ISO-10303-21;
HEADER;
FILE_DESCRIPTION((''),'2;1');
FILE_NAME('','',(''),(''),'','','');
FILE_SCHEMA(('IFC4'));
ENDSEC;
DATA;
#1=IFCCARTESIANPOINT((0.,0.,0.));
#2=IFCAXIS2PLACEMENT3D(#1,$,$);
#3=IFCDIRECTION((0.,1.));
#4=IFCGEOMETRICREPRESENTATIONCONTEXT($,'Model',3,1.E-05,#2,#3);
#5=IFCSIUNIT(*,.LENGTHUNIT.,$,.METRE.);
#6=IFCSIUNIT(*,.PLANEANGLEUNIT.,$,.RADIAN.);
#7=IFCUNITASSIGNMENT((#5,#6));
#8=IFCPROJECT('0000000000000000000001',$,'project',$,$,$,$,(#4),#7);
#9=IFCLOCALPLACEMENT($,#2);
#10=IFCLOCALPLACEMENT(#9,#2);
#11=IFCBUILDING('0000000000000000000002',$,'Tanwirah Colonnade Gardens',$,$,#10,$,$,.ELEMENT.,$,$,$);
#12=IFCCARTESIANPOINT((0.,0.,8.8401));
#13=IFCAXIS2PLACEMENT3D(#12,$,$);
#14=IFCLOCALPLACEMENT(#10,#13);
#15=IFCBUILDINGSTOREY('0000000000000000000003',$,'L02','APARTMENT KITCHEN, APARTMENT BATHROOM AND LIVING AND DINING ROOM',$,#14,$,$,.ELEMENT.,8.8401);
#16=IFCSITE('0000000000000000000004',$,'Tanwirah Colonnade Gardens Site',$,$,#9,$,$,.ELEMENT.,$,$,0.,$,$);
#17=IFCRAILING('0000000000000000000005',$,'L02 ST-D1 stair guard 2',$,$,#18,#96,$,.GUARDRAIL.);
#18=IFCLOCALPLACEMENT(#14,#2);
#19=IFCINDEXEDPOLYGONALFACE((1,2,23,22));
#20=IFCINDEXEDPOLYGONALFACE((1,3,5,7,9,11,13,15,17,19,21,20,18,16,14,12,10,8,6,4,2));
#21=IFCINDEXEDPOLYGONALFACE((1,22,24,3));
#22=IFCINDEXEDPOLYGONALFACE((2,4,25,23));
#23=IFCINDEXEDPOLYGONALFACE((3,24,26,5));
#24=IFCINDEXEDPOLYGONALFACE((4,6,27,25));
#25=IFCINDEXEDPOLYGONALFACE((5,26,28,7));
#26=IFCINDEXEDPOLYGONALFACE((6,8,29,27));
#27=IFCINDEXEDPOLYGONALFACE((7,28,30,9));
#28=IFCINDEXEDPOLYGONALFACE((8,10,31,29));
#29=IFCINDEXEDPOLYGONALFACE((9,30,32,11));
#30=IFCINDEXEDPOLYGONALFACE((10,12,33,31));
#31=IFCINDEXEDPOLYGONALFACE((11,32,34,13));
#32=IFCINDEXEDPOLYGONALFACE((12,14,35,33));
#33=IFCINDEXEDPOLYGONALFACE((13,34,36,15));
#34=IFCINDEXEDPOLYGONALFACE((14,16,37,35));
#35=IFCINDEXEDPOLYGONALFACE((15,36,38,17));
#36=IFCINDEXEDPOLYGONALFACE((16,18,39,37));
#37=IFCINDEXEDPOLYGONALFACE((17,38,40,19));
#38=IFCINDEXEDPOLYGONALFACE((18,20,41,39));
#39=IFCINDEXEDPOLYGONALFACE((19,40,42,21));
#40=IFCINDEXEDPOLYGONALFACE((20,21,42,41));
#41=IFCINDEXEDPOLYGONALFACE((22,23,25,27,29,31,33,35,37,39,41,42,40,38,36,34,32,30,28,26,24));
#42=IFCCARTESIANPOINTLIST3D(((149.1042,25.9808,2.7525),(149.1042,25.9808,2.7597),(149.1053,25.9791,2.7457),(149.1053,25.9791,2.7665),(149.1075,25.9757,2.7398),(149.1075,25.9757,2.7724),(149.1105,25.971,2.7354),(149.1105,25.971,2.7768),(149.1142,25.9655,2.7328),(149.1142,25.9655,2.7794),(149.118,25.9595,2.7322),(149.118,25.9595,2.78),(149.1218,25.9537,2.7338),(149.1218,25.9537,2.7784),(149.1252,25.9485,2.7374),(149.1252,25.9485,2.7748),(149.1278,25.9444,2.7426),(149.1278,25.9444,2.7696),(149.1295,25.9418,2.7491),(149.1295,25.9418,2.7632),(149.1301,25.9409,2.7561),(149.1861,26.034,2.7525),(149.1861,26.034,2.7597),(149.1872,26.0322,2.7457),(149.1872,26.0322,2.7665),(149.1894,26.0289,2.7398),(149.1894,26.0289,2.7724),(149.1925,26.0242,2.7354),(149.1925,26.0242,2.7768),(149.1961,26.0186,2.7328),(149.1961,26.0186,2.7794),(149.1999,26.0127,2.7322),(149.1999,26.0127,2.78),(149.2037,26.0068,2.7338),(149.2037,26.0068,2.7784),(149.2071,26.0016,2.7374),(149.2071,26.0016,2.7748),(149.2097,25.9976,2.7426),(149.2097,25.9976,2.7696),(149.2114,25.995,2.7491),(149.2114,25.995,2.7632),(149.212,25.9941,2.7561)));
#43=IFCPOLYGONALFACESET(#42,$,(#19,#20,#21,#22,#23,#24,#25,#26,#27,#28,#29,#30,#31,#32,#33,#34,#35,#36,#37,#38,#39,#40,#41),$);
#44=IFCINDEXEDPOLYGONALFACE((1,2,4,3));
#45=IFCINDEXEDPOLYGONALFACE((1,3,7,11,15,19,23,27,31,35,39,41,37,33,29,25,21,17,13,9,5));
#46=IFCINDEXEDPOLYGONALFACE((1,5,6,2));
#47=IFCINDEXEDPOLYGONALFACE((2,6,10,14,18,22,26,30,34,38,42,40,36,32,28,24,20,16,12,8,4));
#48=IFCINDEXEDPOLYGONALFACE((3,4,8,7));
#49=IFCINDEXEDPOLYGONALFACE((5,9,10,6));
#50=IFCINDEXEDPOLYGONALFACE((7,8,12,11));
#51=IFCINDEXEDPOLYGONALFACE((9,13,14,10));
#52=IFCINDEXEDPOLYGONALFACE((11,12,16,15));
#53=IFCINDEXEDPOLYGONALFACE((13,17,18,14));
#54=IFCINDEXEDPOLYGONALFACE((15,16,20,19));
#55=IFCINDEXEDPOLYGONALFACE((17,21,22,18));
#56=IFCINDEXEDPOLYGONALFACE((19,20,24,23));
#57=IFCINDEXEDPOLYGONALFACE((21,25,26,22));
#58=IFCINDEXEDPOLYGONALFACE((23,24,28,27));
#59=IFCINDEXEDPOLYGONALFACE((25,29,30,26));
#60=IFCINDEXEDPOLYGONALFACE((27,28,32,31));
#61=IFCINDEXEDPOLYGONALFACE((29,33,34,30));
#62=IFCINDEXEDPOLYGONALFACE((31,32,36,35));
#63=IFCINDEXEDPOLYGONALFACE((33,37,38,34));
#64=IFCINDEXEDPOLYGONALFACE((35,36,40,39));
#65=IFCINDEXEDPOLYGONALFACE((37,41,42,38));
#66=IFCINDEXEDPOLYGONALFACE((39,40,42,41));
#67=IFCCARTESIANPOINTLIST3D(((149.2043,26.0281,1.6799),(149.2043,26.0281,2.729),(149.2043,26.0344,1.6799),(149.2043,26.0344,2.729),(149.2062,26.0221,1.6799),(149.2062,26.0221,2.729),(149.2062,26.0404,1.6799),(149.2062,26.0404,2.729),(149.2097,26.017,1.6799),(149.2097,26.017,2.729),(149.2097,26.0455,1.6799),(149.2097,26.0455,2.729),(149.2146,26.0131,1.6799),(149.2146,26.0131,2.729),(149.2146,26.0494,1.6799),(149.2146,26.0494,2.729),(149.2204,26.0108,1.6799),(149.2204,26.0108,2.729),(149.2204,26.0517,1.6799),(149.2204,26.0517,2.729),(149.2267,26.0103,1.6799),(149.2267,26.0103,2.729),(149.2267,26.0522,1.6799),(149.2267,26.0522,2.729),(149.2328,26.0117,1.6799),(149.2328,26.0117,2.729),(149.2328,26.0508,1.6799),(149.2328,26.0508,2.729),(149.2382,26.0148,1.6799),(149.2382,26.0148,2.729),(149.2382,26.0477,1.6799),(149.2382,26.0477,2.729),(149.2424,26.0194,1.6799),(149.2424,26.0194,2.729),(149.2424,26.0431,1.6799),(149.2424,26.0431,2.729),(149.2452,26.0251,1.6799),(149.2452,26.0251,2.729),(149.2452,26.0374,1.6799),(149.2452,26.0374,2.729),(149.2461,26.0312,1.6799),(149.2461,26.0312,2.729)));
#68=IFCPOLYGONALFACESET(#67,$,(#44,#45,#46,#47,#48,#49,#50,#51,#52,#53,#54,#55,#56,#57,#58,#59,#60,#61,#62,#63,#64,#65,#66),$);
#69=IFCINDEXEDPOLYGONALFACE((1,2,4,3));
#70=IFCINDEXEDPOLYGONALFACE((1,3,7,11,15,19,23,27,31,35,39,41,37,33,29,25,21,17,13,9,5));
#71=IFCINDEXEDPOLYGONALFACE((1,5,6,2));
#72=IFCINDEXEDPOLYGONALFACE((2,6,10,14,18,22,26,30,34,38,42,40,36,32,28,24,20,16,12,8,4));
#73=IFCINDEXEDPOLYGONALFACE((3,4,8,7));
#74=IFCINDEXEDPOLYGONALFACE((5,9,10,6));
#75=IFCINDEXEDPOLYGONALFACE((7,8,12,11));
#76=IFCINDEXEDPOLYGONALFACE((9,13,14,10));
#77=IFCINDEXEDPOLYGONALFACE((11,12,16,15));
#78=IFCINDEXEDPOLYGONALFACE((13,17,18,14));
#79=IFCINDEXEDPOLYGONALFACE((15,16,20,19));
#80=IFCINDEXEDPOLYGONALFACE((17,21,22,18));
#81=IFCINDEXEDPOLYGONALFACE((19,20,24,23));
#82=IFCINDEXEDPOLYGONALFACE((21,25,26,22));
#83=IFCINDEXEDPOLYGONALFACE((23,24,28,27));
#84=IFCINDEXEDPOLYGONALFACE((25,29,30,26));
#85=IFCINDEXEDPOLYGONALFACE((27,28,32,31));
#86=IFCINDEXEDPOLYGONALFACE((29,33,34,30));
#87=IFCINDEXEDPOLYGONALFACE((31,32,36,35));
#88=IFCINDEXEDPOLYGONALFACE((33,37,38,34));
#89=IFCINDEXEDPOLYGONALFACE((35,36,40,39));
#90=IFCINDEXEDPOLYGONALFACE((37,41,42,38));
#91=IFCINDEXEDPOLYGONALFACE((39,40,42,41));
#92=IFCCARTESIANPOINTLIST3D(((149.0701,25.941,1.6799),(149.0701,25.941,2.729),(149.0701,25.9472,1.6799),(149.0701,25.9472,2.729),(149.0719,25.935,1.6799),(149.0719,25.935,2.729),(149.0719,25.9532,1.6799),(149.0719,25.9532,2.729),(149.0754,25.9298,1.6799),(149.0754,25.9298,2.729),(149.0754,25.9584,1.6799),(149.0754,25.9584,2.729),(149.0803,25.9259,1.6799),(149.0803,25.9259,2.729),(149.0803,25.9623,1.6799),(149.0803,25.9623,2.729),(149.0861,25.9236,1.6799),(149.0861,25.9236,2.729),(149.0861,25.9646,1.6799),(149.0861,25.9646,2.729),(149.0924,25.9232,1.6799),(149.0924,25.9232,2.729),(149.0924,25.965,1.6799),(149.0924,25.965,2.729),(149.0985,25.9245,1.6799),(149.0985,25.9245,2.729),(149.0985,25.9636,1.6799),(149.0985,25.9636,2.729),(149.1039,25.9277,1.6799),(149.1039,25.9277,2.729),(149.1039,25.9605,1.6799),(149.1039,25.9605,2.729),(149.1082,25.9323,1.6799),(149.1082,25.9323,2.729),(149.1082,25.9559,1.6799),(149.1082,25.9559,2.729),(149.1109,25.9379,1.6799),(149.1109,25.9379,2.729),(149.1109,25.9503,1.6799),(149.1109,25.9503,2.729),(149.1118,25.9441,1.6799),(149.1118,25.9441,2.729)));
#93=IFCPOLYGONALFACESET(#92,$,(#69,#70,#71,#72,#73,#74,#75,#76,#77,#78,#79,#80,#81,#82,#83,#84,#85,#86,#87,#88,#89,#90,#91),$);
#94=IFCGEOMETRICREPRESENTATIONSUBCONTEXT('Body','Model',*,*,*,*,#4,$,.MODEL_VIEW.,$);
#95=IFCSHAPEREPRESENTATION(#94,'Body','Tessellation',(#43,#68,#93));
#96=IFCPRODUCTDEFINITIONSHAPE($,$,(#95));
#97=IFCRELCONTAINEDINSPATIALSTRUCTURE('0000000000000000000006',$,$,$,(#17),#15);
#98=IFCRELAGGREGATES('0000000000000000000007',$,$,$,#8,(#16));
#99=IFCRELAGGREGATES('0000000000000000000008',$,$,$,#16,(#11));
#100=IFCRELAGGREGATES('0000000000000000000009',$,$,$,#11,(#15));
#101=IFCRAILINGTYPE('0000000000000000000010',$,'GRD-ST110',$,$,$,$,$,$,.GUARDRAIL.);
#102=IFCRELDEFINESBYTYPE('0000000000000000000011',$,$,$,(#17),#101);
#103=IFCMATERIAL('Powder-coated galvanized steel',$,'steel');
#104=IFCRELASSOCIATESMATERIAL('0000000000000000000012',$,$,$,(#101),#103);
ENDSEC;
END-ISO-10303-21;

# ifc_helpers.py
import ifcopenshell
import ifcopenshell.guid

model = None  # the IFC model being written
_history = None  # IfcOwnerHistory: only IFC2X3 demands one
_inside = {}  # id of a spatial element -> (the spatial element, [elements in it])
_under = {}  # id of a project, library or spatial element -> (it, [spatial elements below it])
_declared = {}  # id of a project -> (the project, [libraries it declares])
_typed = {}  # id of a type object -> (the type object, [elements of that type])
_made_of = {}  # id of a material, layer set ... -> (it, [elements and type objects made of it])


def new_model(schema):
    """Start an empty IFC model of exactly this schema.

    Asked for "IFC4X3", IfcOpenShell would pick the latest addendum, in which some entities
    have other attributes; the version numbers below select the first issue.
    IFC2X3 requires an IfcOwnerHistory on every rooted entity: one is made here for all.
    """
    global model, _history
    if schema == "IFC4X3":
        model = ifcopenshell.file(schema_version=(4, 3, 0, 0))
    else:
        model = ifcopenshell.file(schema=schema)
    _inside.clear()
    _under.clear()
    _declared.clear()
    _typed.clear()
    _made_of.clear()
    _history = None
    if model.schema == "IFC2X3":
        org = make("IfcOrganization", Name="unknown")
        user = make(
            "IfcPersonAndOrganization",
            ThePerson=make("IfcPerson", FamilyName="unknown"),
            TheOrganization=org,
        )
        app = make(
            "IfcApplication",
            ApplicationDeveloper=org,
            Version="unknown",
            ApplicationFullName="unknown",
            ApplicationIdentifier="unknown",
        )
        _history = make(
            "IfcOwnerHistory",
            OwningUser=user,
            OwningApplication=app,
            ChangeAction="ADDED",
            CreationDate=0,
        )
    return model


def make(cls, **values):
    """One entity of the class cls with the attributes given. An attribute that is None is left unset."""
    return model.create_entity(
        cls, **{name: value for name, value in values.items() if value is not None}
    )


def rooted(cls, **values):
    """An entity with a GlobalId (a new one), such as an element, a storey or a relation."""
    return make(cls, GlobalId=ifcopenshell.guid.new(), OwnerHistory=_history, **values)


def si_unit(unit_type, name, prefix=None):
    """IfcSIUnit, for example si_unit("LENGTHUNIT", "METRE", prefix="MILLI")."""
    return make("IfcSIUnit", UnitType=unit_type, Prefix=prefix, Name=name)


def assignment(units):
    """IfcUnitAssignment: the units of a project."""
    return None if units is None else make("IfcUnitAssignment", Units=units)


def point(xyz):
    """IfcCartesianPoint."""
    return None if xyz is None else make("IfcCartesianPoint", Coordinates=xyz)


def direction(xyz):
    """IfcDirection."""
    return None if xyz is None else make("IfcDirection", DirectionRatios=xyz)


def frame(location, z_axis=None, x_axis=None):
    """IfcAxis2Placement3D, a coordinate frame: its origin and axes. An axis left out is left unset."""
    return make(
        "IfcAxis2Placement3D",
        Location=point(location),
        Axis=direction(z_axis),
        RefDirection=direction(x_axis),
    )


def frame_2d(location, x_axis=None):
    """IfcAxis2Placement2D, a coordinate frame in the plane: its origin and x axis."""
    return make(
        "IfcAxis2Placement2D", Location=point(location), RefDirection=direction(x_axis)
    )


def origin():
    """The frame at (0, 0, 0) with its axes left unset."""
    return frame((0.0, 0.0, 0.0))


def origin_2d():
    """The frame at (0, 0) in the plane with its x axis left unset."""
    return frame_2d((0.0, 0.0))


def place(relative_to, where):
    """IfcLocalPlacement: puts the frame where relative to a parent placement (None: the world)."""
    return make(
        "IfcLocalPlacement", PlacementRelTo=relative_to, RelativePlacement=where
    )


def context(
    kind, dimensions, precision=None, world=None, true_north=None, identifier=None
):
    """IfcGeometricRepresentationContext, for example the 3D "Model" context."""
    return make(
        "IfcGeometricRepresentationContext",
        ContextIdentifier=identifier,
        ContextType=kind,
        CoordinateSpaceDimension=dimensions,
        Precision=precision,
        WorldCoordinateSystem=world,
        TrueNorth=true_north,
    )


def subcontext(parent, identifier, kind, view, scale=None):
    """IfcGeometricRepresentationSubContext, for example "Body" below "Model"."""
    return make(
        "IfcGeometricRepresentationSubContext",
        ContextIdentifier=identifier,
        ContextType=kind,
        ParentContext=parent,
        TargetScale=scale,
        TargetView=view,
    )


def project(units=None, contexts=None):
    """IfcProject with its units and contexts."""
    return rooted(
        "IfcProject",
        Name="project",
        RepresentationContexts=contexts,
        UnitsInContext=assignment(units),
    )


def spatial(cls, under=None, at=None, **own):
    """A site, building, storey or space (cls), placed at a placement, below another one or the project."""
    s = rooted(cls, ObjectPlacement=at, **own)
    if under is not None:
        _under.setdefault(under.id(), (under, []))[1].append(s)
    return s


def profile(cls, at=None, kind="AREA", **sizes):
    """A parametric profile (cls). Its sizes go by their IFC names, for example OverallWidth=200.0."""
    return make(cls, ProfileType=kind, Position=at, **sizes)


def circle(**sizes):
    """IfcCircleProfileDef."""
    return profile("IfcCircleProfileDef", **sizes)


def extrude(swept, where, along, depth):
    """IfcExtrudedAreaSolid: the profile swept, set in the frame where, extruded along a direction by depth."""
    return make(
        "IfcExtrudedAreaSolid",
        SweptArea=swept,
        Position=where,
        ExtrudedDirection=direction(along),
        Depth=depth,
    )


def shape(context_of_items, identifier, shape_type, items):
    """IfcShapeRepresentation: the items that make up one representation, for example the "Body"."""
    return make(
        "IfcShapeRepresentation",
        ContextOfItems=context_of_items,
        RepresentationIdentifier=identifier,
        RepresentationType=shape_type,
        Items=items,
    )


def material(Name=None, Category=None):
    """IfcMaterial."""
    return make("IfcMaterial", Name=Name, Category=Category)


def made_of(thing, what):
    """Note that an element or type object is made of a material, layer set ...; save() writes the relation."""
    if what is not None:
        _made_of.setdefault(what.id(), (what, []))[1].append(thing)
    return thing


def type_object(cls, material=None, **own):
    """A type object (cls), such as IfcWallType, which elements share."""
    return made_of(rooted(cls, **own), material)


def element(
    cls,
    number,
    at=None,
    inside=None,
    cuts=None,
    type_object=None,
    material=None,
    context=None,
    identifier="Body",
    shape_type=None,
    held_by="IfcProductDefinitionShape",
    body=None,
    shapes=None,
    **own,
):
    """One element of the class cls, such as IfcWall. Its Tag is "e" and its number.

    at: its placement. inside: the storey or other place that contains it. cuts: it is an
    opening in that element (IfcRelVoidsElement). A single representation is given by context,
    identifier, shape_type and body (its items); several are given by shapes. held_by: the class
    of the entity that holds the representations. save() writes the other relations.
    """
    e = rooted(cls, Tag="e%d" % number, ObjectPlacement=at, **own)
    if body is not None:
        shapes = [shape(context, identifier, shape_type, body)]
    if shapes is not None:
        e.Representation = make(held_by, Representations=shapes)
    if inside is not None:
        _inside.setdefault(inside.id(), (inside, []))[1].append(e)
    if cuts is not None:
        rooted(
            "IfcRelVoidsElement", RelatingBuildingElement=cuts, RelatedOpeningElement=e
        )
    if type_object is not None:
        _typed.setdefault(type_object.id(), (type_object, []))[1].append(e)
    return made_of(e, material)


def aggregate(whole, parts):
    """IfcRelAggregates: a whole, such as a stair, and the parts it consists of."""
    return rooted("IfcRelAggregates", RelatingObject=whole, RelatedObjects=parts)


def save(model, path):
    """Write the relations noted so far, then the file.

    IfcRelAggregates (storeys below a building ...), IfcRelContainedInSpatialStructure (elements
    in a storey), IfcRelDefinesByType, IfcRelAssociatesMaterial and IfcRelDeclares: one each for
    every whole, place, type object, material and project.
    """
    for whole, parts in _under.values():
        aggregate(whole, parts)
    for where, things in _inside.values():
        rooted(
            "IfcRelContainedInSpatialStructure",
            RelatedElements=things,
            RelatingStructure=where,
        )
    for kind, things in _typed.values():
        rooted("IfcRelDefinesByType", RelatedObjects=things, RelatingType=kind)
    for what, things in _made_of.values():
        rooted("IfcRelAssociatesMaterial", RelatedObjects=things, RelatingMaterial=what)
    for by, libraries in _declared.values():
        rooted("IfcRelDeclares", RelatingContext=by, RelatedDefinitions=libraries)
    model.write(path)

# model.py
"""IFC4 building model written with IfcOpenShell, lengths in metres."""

from ifc_helpers import new_model, si_unit, direction, frame, origin, origin_2d, place, context, subcontext, project, spatial, circle, extrude, material, type_object, element, save


model = new_model("IFC4")

# Units and contexts
model_context = context("Model", 3, precision=1e-05, world=origin(), true_north=direction((0.0, 1.0)))
body_context = subcontext(model_context, "Body", "Model", "MODEL_VIEW")
ifc_project = project(units=[si_unit("LENGTHUNIT", "METRE"), si_unit("PLANEANGLEUNIT", "RADIAN")], contexts=[model_context])

# Site, building, storey
site_placement = place(None, origin())
site = spatial("IfcSite", under=ifc_project, at=site_placement, Name="Tanwirah Colonnade Gardens Site", CompositionType="ELEMENT", RefElevation=0.0)
building_placement = place(site_placement, origin())
building = spatial("IfcBuilding", under=site, at=building_placement, Name="Tanwirah Colonnade Gardens", CompositionType="ELEMENT")
storey_placement = place(building_placement, frame((0.0, 0.0, 8.8401)))
storey = spatial("IfcBuildingStorey", under=building, at=storey_placement, Name="L02", Description="APARTMENT KITCHEN, APARTMENT BATHROOM AND LIVING AND DINING ROOM", CompositionType="ELEMENT", Elevation=8.8401)

# Railing
ifc_material_1 = material(Name="Powder-coated galvanized steel", Category="steel")
railing_type_1 = type_object("IfcRailingType", Name="GRD-ST110", PredefinedType="GUARDRAIL", material=ifc_material_1)
railing_1_placement = place(storey_placement, frame((149.2251, 26.0312, 1.6799)))
element("IfcRailing", 1, at=railing_1_placement, inside=storey, type_object=railing_type_1, Name="L02 ST-D1 stair guard 2", PredefinedType="GUARDRAIL", context=body_context, shape_type="SweptSolid", body=[
    extrude(circle(Radius=0.0239, at=origin_2d()), frame((-0.0261, -0.0171, 1.0762), z_axis=(-0.838792, -0.544452, 0.0), x_axis=(0.544452, -0.838792, 0.0)), (0.0, 0.0, 1.0), 0.0977),
    extrude(circle(Radius=0.021, at=origin_2d()), origin(), (0.0, 0.0, 1.0), 1.0491),
    extrude(circle(Radius=0.021, at=origin_2d()), frame((-0.1343, -0.0872, 0.0)), (0.0, 0.0, 1.0), 1.0491),
])

save(model, "model.ifc")
